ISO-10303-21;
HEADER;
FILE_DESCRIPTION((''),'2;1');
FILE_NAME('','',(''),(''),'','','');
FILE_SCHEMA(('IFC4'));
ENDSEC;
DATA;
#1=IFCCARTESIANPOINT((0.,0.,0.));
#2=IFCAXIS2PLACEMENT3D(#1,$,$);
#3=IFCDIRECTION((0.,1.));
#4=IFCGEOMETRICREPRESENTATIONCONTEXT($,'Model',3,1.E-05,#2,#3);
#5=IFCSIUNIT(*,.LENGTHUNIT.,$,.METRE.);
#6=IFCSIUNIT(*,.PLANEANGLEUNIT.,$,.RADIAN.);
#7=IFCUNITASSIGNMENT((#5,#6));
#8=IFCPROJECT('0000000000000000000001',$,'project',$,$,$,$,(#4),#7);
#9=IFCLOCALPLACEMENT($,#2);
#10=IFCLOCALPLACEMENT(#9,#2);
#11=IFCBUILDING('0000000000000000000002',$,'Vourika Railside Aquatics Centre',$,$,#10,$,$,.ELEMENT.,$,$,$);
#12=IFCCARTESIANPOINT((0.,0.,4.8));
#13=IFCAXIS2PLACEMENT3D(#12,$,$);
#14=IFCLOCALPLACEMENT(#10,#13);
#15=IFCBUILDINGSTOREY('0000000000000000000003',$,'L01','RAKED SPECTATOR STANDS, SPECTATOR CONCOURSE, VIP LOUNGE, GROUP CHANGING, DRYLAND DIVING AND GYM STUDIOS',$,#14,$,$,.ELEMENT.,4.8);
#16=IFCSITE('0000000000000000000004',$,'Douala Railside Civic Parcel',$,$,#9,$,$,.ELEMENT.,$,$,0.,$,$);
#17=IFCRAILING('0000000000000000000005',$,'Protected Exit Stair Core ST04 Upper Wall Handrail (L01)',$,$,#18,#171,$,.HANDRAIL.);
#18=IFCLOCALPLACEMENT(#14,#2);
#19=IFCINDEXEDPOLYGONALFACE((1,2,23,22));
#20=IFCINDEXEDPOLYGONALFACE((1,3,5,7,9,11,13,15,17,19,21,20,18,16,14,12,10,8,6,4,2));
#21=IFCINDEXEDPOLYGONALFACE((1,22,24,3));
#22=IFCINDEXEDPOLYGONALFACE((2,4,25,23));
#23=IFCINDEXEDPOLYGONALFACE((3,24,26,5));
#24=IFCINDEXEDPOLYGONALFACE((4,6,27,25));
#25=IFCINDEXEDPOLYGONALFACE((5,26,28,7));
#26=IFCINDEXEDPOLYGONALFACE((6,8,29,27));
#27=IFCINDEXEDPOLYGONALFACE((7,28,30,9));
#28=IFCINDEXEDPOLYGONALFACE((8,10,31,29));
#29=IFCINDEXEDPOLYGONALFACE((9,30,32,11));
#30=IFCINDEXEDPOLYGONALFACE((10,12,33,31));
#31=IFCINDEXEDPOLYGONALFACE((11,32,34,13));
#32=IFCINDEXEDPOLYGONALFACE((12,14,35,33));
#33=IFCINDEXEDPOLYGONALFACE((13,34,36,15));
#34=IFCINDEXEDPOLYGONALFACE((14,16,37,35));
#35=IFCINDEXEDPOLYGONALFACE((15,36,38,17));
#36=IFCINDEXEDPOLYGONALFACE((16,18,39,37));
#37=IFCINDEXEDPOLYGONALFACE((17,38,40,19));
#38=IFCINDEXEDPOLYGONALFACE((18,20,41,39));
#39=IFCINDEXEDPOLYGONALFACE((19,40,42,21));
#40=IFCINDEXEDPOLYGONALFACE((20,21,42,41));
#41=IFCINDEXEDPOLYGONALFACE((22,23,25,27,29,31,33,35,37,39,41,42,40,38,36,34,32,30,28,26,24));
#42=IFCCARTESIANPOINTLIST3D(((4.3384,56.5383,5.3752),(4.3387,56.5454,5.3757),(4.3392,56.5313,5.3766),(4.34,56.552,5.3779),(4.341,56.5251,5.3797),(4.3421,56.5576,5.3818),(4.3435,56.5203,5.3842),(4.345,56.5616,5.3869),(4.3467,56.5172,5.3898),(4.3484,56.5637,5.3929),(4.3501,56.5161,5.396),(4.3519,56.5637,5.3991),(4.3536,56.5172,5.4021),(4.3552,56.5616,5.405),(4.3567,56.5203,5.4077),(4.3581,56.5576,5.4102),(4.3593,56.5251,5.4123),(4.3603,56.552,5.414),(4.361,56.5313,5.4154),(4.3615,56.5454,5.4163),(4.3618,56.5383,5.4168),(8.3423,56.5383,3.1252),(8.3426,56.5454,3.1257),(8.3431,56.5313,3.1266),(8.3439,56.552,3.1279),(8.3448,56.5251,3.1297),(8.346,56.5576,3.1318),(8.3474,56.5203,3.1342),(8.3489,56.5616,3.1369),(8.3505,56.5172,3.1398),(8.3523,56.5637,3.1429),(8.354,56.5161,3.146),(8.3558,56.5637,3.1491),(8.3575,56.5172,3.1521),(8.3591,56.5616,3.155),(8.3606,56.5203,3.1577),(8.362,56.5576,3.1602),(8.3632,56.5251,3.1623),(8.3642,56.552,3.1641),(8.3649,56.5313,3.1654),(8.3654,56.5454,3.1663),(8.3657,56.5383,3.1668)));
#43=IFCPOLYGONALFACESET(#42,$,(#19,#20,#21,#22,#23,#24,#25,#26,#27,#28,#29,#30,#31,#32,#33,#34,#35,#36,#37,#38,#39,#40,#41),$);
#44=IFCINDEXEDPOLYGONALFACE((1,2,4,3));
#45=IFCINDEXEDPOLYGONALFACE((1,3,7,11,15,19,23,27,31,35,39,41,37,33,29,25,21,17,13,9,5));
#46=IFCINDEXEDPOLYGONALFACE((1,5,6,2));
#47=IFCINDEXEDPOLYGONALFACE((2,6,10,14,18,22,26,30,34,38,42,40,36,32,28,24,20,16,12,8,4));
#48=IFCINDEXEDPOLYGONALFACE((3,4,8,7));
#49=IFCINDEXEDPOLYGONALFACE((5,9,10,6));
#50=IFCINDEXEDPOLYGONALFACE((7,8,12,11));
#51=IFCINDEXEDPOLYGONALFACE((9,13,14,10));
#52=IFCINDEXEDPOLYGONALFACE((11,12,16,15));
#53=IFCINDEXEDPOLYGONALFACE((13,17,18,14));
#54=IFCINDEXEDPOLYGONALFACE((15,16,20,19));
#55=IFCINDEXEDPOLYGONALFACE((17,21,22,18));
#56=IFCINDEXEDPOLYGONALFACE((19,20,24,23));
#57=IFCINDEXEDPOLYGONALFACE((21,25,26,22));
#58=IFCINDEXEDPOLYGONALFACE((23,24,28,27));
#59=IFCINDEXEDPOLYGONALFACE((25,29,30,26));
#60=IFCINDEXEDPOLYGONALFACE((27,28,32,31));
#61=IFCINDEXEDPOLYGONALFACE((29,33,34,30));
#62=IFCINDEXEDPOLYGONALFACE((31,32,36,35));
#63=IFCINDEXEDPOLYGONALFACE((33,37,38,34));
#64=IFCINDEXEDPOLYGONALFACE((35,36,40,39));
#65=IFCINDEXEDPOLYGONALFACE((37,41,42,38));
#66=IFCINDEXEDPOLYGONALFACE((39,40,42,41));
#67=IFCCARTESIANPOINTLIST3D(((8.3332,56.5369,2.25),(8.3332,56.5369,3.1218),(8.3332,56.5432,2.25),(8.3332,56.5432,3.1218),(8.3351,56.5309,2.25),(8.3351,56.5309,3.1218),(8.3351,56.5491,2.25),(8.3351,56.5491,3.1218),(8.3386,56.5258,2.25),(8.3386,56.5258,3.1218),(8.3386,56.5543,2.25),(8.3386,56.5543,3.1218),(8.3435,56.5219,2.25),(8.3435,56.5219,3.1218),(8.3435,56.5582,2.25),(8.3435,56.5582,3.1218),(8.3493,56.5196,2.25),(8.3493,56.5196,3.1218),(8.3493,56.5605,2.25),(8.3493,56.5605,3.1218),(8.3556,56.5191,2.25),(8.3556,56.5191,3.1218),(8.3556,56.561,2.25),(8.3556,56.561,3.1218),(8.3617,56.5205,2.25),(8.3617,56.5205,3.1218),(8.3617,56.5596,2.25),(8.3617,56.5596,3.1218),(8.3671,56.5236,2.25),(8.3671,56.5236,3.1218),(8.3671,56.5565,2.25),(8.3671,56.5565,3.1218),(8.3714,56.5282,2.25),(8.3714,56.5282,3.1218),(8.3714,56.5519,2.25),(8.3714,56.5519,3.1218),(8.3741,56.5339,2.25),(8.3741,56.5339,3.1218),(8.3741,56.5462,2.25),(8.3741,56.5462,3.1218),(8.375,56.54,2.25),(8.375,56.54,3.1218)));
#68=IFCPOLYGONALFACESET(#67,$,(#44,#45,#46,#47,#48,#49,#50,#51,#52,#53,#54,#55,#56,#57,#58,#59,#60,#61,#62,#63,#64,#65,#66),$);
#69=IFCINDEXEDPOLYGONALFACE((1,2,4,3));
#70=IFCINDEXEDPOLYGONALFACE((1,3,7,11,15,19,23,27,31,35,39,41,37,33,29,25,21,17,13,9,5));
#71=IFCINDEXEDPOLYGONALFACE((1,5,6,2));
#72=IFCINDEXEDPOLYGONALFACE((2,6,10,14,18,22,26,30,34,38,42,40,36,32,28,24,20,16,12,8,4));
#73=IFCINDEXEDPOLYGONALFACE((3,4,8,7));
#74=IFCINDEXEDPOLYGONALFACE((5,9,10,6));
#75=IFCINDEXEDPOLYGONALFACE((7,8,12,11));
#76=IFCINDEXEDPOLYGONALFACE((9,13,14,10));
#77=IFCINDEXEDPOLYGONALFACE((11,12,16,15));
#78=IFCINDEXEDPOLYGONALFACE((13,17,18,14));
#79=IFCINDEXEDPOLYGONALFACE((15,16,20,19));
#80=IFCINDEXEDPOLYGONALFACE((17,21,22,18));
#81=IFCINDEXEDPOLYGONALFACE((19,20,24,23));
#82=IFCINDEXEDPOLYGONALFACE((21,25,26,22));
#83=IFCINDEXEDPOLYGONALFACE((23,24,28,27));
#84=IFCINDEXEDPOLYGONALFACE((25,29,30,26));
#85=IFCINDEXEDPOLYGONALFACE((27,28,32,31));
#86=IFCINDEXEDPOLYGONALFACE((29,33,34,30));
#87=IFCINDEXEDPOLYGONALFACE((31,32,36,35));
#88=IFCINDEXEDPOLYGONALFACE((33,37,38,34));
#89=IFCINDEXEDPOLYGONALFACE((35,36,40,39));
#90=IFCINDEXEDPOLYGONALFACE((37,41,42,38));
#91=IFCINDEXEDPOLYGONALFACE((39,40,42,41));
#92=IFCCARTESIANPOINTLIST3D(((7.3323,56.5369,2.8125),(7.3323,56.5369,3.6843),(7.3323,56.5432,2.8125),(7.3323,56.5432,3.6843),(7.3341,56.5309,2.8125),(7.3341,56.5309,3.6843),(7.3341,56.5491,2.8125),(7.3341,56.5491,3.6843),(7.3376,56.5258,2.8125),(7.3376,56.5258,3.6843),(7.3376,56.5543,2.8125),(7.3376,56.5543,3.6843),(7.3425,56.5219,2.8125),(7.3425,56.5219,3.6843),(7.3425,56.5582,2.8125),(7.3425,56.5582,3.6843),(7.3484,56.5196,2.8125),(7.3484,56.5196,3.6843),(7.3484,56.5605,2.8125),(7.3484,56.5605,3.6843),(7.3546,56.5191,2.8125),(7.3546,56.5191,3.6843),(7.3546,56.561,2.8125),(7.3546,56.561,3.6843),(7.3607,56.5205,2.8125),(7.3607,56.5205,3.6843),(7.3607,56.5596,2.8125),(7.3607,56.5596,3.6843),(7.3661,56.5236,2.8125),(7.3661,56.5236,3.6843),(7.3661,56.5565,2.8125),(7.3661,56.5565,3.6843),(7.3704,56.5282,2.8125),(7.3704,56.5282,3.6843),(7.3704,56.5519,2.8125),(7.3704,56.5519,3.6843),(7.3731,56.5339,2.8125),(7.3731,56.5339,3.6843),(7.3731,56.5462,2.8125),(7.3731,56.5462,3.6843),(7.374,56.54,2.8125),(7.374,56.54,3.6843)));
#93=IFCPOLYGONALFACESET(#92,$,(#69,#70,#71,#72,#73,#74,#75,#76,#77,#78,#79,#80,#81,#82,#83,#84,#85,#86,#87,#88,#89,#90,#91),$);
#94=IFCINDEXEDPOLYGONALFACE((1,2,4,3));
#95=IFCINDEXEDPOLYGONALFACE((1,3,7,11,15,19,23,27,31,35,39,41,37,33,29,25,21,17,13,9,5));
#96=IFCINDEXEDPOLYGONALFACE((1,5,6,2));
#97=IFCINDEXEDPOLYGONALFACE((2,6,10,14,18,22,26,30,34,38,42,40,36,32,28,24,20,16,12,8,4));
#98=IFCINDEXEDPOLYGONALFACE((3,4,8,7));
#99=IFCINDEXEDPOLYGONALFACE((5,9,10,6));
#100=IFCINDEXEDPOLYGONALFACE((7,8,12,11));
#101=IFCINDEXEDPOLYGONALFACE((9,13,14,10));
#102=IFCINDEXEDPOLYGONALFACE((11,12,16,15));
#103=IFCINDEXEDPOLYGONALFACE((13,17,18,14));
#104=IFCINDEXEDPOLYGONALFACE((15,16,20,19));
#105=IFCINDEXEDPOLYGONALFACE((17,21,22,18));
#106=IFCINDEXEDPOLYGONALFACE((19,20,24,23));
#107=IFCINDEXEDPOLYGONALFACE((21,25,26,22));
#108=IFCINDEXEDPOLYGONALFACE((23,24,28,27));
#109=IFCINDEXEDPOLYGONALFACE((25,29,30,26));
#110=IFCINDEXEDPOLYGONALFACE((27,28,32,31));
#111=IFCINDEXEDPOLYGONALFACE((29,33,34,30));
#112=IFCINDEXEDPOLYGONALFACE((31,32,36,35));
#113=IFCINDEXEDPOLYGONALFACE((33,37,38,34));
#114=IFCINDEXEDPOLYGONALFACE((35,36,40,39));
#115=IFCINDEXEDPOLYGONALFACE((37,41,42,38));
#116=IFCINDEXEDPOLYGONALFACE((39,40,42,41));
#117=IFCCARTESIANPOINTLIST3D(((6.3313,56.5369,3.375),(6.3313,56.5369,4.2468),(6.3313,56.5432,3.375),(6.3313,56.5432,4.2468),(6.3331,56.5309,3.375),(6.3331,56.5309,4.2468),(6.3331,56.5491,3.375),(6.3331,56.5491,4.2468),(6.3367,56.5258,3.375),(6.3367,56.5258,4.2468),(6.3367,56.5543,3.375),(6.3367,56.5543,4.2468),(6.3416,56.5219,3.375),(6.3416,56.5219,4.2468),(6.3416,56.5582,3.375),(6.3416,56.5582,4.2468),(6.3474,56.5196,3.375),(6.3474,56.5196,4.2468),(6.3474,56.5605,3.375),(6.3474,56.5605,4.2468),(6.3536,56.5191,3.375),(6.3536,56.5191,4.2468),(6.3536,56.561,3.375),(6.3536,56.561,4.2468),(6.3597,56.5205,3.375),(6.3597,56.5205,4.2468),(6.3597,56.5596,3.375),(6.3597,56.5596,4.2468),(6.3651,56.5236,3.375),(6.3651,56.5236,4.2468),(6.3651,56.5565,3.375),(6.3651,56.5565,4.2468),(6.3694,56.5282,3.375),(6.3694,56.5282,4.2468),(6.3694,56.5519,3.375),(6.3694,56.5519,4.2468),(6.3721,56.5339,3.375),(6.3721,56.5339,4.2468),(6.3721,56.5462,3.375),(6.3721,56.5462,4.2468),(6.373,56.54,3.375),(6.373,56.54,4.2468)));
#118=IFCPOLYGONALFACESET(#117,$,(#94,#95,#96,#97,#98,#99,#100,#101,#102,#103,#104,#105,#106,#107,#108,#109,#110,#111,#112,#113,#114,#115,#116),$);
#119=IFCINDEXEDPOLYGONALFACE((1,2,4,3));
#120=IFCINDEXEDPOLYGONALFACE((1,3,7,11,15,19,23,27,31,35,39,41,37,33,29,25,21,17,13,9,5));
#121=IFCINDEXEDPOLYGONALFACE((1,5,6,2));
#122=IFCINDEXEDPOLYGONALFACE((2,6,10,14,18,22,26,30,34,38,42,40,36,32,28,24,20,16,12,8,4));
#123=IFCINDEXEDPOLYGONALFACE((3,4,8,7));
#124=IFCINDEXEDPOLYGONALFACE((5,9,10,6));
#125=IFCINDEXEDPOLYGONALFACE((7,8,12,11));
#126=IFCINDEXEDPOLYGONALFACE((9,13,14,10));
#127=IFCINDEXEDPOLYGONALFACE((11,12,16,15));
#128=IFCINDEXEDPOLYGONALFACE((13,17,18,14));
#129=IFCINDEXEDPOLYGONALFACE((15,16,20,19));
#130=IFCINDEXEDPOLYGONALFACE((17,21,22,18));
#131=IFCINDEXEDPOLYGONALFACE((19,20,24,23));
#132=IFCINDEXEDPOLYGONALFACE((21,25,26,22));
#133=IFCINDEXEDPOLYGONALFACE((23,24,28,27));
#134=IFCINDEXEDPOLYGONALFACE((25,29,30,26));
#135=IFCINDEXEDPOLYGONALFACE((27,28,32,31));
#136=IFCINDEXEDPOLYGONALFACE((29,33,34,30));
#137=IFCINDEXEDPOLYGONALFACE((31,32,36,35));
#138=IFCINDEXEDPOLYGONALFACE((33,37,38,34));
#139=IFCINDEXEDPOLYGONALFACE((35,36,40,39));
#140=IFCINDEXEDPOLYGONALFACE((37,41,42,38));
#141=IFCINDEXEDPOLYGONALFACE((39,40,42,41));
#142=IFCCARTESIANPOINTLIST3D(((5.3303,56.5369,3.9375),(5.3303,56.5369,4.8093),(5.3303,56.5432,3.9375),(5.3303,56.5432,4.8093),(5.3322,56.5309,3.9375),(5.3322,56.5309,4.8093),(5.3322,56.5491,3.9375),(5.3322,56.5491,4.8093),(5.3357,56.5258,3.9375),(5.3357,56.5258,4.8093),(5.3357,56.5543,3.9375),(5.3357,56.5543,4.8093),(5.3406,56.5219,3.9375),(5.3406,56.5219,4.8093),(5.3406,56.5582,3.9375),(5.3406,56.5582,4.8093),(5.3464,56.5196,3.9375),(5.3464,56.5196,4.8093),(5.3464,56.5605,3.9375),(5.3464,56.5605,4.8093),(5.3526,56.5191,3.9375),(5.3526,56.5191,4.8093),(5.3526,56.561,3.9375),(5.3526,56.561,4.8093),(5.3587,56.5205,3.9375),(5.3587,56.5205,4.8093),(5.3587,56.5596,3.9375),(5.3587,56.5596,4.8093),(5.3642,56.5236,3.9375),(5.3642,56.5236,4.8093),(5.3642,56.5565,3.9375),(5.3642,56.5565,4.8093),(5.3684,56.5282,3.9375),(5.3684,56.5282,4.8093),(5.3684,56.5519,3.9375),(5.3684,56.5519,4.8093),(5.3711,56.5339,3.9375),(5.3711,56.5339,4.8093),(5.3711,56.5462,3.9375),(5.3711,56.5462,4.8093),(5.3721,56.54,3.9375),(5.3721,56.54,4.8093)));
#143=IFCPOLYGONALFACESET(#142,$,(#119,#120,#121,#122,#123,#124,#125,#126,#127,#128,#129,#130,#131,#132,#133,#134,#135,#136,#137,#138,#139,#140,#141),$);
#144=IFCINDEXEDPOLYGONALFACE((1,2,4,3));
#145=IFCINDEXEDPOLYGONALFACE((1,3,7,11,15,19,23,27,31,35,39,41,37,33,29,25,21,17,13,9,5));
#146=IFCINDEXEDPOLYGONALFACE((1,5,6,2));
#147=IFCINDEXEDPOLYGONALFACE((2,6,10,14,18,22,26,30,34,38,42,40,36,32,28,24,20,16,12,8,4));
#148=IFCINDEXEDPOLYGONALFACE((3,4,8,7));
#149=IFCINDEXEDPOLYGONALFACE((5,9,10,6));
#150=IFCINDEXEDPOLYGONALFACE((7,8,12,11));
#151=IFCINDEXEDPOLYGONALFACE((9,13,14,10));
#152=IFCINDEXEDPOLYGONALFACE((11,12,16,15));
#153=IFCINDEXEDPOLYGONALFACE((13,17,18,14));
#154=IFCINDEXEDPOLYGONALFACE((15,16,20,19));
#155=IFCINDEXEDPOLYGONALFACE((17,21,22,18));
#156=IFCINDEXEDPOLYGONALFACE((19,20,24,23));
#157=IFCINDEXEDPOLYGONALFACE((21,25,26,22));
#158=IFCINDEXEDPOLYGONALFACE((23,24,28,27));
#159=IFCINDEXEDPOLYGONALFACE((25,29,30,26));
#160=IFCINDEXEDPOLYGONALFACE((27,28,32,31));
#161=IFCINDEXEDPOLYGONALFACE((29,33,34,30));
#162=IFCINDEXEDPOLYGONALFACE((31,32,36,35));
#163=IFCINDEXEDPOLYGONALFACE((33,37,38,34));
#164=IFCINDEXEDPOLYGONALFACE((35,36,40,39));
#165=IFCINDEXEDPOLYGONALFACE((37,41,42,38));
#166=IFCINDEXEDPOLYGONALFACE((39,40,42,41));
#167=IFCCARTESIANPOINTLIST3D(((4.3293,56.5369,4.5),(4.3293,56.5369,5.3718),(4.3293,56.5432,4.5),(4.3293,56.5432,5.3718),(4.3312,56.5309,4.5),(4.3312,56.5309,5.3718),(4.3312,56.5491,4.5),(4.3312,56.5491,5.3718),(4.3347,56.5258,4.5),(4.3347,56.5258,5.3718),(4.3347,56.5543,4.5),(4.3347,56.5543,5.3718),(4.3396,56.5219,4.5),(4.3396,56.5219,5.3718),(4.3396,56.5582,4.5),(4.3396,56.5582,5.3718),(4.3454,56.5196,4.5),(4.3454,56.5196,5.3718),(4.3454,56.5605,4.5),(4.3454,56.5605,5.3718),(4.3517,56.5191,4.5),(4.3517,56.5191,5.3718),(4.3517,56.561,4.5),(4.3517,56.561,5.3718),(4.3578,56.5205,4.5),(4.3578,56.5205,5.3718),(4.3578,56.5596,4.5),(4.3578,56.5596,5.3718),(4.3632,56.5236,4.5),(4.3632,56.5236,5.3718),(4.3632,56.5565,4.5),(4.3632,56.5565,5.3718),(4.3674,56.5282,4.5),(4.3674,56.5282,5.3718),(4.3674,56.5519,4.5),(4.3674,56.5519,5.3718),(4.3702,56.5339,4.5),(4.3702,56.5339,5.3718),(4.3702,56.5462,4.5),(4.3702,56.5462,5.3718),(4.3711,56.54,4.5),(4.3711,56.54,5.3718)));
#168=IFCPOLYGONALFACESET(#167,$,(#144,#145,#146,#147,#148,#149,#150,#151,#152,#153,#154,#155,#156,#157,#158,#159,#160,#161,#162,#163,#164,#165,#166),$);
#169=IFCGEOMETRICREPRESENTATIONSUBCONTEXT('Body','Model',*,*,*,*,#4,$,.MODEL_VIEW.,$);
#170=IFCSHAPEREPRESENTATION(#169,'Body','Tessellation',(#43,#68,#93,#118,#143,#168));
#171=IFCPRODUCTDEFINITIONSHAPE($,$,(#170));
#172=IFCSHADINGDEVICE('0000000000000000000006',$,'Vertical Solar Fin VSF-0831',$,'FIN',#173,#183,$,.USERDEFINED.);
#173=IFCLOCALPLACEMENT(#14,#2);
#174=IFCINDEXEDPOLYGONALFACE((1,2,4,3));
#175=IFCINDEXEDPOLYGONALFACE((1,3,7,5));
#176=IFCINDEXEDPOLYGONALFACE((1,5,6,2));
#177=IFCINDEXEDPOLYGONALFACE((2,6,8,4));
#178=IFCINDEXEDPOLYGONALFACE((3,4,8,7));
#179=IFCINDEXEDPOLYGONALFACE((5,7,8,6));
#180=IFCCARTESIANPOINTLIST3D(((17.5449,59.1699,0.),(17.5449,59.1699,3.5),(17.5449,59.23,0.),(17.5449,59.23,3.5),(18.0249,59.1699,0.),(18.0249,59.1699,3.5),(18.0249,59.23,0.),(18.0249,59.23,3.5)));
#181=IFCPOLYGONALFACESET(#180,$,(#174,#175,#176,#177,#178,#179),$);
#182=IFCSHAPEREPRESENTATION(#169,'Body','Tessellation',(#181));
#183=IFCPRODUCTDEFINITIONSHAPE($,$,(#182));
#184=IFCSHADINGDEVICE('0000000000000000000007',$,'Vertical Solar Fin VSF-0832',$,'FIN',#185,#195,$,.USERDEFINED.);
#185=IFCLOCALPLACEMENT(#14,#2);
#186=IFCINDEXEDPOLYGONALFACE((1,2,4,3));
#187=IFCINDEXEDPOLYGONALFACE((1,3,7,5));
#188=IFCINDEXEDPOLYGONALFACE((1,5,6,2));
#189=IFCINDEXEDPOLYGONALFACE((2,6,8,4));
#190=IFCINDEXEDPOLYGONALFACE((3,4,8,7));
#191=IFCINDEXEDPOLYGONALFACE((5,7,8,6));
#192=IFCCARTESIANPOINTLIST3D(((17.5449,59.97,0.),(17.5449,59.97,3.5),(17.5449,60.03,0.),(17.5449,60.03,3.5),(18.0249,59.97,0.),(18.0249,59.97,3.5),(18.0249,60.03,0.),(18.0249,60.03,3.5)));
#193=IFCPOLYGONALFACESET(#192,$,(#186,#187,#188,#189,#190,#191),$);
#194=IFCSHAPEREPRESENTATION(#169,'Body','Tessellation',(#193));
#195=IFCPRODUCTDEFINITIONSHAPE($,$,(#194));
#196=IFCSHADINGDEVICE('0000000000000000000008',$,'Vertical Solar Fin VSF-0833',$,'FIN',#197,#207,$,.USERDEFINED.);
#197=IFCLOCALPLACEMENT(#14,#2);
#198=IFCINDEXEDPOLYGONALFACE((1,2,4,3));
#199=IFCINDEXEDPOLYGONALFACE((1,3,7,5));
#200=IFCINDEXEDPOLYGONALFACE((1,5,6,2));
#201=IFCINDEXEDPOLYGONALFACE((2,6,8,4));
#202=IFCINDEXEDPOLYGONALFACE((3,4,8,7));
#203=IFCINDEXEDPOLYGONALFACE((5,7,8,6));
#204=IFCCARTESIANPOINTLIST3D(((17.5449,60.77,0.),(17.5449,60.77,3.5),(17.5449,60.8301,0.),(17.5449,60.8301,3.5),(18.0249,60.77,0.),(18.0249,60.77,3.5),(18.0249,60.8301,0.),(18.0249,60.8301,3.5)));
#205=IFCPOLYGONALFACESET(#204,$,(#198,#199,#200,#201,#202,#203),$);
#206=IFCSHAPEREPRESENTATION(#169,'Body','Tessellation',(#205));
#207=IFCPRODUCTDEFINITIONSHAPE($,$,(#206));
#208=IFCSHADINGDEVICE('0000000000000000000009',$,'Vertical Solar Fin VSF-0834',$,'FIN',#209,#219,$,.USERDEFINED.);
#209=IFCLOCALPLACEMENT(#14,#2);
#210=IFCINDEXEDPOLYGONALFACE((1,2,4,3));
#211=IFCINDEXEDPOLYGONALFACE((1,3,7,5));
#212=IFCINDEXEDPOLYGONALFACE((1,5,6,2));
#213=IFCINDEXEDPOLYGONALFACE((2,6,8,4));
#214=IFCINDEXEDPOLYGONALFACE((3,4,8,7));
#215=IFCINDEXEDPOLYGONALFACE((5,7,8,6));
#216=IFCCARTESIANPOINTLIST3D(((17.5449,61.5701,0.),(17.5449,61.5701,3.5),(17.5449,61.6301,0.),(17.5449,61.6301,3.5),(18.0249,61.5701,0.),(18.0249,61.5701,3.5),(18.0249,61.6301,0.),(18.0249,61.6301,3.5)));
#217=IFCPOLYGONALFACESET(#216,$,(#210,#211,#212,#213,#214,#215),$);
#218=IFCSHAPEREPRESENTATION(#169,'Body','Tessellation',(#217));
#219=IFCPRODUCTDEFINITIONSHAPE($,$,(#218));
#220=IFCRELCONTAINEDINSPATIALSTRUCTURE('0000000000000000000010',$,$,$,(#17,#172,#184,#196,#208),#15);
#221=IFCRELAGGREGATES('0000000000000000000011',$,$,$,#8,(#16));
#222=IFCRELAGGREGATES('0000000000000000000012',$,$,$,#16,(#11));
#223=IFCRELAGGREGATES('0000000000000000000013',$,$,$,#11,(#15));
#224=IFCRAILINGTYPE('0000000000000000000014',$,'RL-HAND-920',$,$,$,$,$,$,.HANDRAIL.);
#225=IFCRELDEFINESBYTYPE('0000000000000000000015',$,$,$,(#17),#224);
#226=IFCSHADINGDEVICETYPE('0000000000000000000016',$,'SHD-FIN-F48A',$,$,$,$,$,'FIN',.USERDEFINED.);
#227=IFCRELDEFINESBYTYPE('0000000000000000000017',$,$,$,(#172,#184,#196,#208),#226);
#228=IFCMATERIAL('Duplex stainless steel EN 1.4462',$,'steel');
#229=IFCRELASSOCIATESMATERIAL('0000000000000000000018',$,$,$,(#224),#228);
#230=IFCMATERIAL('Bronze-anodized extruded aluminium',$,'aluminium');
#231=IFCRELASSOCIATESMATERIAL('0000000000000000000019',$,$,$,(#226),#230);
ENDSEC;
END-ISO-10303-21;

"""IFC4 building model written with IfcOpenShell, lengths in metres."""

from ifc_helpers import new_model, si_unit, direction, frame, origin, origin_2d, place, context, subcontext, project, spatial, rectangle, circle, extrude, material, material_profile, profile_set, type_object, element, save


model = new_model("IFC4")

# Units and contexts
model_context = context("Model", 3, precision=1e-05, world=origin(), true_north=direction((0.0, 1.0)))
body_context = subcontext(model_context, "Body", "Model", "MODEL_VIEW")
ifc_project = project(units=[si_unit("LENGTHUNIT", "METRE"), si_unit("PLANEANGLEUNIT", "RADIAN")], contexts=[model_context])

# Site, building, storey
site_placement = place(None, origin())
site = spatial("IfcSite", under=ifc_project, at=site_placement, Name="Douala Railside Civic Parcel", CompositionType="ELEMENT", RefElevation=0.0)
building_placement = place(site_placement, origin())
building = spatial("IfcBuilding", under=site, at=building_placement, Name="Vourika Railside Aquatics Centre", CompositionType="ELEMENT")
storey_placement = place(building_placement, frame((0.0, 0.0, 4.8)))
storey = spatial("IfcBuildingStorey", under=building, at=storey_placement, Name="L01", Description="RAKED SPECTATOR STANDS, SPECTATOR CONCOURSE, VIP LOUNGE, GROUP CHANGING, DRYLAND DIVING AND GYM STUDIOS", CompositionType="ELEMENT", Elevation=4.8)

# Railing
ifc_material_1 = material(Name="Duplex stainless steel EN 1.4462", Category="steel")
railing_type = type_object("IfcRailingType", Name="RL-HAND-920", PredefinedType="HANDRAIL", material=ifc_material_1)
railing_placement = place(storey_placement, frame((8.354, 56.54, 2.25)))
element("IfcRailing", 1, at=railing_placement, inside=storey, type_object=railing_type, Name="Protected Exit Stair Core ST04 Upper Wall Handrail (L01)", PredefinedType="HANDRAIL", context=body_context, shape_type="SweptSolid", body=[
    extrude(circle(Radius=0.0239, at=origin_2d()), frame((0.0, 0.0, 0.896), z_axis=(-0.87178, 0.0, 0.489898), x_axis=(0.0, -1.0, 0.0)), (0.0, 0.0, 1.0), 4.5928),
    extrude(circle(Radius=0.021, at=origin_2d()), origin(), (0.0, 0.0, 1.0), 0.8718),
    extrude(circle(Radius=0.021, at=origin_2d()), frame((-1.001, 0.0, 0.5625)), (0.0, 0.0, 1.0), 0.8718),
    extrude(circle(Radius=0.021, at=origin_2d()), frame((-2.002, 0.0, 1.125)), (0.0, 0.0, 1.0), 0.8718),
    extrude(circle(Radius=0.021, at=origin_2d()), frame((-3.0029, 0.0, 1.6875)), (0.0, 0.0, 1.0), 0.8718),
    extrude(circle(Radius=0.021, at=origin_2d()), frame((-4.0039, 0.0, 2.25)), (0.0, 0.0, 1.0), 0.8718),
])

# Shading devices
ifc_material_2 = material(Name="Bronze-anodized extruded aluminium", Category="aluminium")
ifc_material_profile_1 = material_profile(ifc_material_2, rectangle(XDim=0.0601, YDim=0.48, at=origin_2d()), Name="ALU-FIN 60x480")
ifc_profile_set_1 = profile_set([ifc_material_profile_1], Name="Bronze-anodized extruded aluminium")
shading_device_type = type_object("IfcShadingDeviceType", Name="SHD-FIN-F48A", ElementType="FIN", PredefinedType="USERDEFINED", material=ifc_profile_set_1)
for number, where, z_axis, x_axis, name in (
    (2, (17.7849, 59.2, 0.0), (0.0, 0.0, 1.0), (0.0, 1.0, 0.0), "Vertical Solar Fin VSF-0831"),
    (3, (17.7849, 60.0, 0.0), (0.0, 0.0, 1.0), (0.0, 1.0, 0.0), "Vertical Solar Fin VSF-0832"),
    (4, (17.7849, 60.8, 0.0), (0.0, 0.0, 1.0), (0.0, 1.0, 0.0), "Vertical Solar Fin VSF-0833"),
    (5, (17.7849, 61.6001, 0.0), (0.0, 0.0, 1.0), (0.0, 1.0, 0.0), "Vertical Solar Fin VSF-0834"),
):
    element("IfcShadingDevice", number, at=place(storey_placement, frame(where, z_axis=z_axis, x_axis=x_axis)), inside=storey, type_object=shading_device_type, Name=name, ObjectType="FIN", PredefinedType="USERDEFINED", context=body_context, shape_type="SweptSolid", body=[
        extrude(rectangle(XDim=0.0601, YDim=0.48, at=origin_2d()), origin(), (0.0, 0.0, 1.0), 3.5),
    ])

save(model, "model.ifc")
